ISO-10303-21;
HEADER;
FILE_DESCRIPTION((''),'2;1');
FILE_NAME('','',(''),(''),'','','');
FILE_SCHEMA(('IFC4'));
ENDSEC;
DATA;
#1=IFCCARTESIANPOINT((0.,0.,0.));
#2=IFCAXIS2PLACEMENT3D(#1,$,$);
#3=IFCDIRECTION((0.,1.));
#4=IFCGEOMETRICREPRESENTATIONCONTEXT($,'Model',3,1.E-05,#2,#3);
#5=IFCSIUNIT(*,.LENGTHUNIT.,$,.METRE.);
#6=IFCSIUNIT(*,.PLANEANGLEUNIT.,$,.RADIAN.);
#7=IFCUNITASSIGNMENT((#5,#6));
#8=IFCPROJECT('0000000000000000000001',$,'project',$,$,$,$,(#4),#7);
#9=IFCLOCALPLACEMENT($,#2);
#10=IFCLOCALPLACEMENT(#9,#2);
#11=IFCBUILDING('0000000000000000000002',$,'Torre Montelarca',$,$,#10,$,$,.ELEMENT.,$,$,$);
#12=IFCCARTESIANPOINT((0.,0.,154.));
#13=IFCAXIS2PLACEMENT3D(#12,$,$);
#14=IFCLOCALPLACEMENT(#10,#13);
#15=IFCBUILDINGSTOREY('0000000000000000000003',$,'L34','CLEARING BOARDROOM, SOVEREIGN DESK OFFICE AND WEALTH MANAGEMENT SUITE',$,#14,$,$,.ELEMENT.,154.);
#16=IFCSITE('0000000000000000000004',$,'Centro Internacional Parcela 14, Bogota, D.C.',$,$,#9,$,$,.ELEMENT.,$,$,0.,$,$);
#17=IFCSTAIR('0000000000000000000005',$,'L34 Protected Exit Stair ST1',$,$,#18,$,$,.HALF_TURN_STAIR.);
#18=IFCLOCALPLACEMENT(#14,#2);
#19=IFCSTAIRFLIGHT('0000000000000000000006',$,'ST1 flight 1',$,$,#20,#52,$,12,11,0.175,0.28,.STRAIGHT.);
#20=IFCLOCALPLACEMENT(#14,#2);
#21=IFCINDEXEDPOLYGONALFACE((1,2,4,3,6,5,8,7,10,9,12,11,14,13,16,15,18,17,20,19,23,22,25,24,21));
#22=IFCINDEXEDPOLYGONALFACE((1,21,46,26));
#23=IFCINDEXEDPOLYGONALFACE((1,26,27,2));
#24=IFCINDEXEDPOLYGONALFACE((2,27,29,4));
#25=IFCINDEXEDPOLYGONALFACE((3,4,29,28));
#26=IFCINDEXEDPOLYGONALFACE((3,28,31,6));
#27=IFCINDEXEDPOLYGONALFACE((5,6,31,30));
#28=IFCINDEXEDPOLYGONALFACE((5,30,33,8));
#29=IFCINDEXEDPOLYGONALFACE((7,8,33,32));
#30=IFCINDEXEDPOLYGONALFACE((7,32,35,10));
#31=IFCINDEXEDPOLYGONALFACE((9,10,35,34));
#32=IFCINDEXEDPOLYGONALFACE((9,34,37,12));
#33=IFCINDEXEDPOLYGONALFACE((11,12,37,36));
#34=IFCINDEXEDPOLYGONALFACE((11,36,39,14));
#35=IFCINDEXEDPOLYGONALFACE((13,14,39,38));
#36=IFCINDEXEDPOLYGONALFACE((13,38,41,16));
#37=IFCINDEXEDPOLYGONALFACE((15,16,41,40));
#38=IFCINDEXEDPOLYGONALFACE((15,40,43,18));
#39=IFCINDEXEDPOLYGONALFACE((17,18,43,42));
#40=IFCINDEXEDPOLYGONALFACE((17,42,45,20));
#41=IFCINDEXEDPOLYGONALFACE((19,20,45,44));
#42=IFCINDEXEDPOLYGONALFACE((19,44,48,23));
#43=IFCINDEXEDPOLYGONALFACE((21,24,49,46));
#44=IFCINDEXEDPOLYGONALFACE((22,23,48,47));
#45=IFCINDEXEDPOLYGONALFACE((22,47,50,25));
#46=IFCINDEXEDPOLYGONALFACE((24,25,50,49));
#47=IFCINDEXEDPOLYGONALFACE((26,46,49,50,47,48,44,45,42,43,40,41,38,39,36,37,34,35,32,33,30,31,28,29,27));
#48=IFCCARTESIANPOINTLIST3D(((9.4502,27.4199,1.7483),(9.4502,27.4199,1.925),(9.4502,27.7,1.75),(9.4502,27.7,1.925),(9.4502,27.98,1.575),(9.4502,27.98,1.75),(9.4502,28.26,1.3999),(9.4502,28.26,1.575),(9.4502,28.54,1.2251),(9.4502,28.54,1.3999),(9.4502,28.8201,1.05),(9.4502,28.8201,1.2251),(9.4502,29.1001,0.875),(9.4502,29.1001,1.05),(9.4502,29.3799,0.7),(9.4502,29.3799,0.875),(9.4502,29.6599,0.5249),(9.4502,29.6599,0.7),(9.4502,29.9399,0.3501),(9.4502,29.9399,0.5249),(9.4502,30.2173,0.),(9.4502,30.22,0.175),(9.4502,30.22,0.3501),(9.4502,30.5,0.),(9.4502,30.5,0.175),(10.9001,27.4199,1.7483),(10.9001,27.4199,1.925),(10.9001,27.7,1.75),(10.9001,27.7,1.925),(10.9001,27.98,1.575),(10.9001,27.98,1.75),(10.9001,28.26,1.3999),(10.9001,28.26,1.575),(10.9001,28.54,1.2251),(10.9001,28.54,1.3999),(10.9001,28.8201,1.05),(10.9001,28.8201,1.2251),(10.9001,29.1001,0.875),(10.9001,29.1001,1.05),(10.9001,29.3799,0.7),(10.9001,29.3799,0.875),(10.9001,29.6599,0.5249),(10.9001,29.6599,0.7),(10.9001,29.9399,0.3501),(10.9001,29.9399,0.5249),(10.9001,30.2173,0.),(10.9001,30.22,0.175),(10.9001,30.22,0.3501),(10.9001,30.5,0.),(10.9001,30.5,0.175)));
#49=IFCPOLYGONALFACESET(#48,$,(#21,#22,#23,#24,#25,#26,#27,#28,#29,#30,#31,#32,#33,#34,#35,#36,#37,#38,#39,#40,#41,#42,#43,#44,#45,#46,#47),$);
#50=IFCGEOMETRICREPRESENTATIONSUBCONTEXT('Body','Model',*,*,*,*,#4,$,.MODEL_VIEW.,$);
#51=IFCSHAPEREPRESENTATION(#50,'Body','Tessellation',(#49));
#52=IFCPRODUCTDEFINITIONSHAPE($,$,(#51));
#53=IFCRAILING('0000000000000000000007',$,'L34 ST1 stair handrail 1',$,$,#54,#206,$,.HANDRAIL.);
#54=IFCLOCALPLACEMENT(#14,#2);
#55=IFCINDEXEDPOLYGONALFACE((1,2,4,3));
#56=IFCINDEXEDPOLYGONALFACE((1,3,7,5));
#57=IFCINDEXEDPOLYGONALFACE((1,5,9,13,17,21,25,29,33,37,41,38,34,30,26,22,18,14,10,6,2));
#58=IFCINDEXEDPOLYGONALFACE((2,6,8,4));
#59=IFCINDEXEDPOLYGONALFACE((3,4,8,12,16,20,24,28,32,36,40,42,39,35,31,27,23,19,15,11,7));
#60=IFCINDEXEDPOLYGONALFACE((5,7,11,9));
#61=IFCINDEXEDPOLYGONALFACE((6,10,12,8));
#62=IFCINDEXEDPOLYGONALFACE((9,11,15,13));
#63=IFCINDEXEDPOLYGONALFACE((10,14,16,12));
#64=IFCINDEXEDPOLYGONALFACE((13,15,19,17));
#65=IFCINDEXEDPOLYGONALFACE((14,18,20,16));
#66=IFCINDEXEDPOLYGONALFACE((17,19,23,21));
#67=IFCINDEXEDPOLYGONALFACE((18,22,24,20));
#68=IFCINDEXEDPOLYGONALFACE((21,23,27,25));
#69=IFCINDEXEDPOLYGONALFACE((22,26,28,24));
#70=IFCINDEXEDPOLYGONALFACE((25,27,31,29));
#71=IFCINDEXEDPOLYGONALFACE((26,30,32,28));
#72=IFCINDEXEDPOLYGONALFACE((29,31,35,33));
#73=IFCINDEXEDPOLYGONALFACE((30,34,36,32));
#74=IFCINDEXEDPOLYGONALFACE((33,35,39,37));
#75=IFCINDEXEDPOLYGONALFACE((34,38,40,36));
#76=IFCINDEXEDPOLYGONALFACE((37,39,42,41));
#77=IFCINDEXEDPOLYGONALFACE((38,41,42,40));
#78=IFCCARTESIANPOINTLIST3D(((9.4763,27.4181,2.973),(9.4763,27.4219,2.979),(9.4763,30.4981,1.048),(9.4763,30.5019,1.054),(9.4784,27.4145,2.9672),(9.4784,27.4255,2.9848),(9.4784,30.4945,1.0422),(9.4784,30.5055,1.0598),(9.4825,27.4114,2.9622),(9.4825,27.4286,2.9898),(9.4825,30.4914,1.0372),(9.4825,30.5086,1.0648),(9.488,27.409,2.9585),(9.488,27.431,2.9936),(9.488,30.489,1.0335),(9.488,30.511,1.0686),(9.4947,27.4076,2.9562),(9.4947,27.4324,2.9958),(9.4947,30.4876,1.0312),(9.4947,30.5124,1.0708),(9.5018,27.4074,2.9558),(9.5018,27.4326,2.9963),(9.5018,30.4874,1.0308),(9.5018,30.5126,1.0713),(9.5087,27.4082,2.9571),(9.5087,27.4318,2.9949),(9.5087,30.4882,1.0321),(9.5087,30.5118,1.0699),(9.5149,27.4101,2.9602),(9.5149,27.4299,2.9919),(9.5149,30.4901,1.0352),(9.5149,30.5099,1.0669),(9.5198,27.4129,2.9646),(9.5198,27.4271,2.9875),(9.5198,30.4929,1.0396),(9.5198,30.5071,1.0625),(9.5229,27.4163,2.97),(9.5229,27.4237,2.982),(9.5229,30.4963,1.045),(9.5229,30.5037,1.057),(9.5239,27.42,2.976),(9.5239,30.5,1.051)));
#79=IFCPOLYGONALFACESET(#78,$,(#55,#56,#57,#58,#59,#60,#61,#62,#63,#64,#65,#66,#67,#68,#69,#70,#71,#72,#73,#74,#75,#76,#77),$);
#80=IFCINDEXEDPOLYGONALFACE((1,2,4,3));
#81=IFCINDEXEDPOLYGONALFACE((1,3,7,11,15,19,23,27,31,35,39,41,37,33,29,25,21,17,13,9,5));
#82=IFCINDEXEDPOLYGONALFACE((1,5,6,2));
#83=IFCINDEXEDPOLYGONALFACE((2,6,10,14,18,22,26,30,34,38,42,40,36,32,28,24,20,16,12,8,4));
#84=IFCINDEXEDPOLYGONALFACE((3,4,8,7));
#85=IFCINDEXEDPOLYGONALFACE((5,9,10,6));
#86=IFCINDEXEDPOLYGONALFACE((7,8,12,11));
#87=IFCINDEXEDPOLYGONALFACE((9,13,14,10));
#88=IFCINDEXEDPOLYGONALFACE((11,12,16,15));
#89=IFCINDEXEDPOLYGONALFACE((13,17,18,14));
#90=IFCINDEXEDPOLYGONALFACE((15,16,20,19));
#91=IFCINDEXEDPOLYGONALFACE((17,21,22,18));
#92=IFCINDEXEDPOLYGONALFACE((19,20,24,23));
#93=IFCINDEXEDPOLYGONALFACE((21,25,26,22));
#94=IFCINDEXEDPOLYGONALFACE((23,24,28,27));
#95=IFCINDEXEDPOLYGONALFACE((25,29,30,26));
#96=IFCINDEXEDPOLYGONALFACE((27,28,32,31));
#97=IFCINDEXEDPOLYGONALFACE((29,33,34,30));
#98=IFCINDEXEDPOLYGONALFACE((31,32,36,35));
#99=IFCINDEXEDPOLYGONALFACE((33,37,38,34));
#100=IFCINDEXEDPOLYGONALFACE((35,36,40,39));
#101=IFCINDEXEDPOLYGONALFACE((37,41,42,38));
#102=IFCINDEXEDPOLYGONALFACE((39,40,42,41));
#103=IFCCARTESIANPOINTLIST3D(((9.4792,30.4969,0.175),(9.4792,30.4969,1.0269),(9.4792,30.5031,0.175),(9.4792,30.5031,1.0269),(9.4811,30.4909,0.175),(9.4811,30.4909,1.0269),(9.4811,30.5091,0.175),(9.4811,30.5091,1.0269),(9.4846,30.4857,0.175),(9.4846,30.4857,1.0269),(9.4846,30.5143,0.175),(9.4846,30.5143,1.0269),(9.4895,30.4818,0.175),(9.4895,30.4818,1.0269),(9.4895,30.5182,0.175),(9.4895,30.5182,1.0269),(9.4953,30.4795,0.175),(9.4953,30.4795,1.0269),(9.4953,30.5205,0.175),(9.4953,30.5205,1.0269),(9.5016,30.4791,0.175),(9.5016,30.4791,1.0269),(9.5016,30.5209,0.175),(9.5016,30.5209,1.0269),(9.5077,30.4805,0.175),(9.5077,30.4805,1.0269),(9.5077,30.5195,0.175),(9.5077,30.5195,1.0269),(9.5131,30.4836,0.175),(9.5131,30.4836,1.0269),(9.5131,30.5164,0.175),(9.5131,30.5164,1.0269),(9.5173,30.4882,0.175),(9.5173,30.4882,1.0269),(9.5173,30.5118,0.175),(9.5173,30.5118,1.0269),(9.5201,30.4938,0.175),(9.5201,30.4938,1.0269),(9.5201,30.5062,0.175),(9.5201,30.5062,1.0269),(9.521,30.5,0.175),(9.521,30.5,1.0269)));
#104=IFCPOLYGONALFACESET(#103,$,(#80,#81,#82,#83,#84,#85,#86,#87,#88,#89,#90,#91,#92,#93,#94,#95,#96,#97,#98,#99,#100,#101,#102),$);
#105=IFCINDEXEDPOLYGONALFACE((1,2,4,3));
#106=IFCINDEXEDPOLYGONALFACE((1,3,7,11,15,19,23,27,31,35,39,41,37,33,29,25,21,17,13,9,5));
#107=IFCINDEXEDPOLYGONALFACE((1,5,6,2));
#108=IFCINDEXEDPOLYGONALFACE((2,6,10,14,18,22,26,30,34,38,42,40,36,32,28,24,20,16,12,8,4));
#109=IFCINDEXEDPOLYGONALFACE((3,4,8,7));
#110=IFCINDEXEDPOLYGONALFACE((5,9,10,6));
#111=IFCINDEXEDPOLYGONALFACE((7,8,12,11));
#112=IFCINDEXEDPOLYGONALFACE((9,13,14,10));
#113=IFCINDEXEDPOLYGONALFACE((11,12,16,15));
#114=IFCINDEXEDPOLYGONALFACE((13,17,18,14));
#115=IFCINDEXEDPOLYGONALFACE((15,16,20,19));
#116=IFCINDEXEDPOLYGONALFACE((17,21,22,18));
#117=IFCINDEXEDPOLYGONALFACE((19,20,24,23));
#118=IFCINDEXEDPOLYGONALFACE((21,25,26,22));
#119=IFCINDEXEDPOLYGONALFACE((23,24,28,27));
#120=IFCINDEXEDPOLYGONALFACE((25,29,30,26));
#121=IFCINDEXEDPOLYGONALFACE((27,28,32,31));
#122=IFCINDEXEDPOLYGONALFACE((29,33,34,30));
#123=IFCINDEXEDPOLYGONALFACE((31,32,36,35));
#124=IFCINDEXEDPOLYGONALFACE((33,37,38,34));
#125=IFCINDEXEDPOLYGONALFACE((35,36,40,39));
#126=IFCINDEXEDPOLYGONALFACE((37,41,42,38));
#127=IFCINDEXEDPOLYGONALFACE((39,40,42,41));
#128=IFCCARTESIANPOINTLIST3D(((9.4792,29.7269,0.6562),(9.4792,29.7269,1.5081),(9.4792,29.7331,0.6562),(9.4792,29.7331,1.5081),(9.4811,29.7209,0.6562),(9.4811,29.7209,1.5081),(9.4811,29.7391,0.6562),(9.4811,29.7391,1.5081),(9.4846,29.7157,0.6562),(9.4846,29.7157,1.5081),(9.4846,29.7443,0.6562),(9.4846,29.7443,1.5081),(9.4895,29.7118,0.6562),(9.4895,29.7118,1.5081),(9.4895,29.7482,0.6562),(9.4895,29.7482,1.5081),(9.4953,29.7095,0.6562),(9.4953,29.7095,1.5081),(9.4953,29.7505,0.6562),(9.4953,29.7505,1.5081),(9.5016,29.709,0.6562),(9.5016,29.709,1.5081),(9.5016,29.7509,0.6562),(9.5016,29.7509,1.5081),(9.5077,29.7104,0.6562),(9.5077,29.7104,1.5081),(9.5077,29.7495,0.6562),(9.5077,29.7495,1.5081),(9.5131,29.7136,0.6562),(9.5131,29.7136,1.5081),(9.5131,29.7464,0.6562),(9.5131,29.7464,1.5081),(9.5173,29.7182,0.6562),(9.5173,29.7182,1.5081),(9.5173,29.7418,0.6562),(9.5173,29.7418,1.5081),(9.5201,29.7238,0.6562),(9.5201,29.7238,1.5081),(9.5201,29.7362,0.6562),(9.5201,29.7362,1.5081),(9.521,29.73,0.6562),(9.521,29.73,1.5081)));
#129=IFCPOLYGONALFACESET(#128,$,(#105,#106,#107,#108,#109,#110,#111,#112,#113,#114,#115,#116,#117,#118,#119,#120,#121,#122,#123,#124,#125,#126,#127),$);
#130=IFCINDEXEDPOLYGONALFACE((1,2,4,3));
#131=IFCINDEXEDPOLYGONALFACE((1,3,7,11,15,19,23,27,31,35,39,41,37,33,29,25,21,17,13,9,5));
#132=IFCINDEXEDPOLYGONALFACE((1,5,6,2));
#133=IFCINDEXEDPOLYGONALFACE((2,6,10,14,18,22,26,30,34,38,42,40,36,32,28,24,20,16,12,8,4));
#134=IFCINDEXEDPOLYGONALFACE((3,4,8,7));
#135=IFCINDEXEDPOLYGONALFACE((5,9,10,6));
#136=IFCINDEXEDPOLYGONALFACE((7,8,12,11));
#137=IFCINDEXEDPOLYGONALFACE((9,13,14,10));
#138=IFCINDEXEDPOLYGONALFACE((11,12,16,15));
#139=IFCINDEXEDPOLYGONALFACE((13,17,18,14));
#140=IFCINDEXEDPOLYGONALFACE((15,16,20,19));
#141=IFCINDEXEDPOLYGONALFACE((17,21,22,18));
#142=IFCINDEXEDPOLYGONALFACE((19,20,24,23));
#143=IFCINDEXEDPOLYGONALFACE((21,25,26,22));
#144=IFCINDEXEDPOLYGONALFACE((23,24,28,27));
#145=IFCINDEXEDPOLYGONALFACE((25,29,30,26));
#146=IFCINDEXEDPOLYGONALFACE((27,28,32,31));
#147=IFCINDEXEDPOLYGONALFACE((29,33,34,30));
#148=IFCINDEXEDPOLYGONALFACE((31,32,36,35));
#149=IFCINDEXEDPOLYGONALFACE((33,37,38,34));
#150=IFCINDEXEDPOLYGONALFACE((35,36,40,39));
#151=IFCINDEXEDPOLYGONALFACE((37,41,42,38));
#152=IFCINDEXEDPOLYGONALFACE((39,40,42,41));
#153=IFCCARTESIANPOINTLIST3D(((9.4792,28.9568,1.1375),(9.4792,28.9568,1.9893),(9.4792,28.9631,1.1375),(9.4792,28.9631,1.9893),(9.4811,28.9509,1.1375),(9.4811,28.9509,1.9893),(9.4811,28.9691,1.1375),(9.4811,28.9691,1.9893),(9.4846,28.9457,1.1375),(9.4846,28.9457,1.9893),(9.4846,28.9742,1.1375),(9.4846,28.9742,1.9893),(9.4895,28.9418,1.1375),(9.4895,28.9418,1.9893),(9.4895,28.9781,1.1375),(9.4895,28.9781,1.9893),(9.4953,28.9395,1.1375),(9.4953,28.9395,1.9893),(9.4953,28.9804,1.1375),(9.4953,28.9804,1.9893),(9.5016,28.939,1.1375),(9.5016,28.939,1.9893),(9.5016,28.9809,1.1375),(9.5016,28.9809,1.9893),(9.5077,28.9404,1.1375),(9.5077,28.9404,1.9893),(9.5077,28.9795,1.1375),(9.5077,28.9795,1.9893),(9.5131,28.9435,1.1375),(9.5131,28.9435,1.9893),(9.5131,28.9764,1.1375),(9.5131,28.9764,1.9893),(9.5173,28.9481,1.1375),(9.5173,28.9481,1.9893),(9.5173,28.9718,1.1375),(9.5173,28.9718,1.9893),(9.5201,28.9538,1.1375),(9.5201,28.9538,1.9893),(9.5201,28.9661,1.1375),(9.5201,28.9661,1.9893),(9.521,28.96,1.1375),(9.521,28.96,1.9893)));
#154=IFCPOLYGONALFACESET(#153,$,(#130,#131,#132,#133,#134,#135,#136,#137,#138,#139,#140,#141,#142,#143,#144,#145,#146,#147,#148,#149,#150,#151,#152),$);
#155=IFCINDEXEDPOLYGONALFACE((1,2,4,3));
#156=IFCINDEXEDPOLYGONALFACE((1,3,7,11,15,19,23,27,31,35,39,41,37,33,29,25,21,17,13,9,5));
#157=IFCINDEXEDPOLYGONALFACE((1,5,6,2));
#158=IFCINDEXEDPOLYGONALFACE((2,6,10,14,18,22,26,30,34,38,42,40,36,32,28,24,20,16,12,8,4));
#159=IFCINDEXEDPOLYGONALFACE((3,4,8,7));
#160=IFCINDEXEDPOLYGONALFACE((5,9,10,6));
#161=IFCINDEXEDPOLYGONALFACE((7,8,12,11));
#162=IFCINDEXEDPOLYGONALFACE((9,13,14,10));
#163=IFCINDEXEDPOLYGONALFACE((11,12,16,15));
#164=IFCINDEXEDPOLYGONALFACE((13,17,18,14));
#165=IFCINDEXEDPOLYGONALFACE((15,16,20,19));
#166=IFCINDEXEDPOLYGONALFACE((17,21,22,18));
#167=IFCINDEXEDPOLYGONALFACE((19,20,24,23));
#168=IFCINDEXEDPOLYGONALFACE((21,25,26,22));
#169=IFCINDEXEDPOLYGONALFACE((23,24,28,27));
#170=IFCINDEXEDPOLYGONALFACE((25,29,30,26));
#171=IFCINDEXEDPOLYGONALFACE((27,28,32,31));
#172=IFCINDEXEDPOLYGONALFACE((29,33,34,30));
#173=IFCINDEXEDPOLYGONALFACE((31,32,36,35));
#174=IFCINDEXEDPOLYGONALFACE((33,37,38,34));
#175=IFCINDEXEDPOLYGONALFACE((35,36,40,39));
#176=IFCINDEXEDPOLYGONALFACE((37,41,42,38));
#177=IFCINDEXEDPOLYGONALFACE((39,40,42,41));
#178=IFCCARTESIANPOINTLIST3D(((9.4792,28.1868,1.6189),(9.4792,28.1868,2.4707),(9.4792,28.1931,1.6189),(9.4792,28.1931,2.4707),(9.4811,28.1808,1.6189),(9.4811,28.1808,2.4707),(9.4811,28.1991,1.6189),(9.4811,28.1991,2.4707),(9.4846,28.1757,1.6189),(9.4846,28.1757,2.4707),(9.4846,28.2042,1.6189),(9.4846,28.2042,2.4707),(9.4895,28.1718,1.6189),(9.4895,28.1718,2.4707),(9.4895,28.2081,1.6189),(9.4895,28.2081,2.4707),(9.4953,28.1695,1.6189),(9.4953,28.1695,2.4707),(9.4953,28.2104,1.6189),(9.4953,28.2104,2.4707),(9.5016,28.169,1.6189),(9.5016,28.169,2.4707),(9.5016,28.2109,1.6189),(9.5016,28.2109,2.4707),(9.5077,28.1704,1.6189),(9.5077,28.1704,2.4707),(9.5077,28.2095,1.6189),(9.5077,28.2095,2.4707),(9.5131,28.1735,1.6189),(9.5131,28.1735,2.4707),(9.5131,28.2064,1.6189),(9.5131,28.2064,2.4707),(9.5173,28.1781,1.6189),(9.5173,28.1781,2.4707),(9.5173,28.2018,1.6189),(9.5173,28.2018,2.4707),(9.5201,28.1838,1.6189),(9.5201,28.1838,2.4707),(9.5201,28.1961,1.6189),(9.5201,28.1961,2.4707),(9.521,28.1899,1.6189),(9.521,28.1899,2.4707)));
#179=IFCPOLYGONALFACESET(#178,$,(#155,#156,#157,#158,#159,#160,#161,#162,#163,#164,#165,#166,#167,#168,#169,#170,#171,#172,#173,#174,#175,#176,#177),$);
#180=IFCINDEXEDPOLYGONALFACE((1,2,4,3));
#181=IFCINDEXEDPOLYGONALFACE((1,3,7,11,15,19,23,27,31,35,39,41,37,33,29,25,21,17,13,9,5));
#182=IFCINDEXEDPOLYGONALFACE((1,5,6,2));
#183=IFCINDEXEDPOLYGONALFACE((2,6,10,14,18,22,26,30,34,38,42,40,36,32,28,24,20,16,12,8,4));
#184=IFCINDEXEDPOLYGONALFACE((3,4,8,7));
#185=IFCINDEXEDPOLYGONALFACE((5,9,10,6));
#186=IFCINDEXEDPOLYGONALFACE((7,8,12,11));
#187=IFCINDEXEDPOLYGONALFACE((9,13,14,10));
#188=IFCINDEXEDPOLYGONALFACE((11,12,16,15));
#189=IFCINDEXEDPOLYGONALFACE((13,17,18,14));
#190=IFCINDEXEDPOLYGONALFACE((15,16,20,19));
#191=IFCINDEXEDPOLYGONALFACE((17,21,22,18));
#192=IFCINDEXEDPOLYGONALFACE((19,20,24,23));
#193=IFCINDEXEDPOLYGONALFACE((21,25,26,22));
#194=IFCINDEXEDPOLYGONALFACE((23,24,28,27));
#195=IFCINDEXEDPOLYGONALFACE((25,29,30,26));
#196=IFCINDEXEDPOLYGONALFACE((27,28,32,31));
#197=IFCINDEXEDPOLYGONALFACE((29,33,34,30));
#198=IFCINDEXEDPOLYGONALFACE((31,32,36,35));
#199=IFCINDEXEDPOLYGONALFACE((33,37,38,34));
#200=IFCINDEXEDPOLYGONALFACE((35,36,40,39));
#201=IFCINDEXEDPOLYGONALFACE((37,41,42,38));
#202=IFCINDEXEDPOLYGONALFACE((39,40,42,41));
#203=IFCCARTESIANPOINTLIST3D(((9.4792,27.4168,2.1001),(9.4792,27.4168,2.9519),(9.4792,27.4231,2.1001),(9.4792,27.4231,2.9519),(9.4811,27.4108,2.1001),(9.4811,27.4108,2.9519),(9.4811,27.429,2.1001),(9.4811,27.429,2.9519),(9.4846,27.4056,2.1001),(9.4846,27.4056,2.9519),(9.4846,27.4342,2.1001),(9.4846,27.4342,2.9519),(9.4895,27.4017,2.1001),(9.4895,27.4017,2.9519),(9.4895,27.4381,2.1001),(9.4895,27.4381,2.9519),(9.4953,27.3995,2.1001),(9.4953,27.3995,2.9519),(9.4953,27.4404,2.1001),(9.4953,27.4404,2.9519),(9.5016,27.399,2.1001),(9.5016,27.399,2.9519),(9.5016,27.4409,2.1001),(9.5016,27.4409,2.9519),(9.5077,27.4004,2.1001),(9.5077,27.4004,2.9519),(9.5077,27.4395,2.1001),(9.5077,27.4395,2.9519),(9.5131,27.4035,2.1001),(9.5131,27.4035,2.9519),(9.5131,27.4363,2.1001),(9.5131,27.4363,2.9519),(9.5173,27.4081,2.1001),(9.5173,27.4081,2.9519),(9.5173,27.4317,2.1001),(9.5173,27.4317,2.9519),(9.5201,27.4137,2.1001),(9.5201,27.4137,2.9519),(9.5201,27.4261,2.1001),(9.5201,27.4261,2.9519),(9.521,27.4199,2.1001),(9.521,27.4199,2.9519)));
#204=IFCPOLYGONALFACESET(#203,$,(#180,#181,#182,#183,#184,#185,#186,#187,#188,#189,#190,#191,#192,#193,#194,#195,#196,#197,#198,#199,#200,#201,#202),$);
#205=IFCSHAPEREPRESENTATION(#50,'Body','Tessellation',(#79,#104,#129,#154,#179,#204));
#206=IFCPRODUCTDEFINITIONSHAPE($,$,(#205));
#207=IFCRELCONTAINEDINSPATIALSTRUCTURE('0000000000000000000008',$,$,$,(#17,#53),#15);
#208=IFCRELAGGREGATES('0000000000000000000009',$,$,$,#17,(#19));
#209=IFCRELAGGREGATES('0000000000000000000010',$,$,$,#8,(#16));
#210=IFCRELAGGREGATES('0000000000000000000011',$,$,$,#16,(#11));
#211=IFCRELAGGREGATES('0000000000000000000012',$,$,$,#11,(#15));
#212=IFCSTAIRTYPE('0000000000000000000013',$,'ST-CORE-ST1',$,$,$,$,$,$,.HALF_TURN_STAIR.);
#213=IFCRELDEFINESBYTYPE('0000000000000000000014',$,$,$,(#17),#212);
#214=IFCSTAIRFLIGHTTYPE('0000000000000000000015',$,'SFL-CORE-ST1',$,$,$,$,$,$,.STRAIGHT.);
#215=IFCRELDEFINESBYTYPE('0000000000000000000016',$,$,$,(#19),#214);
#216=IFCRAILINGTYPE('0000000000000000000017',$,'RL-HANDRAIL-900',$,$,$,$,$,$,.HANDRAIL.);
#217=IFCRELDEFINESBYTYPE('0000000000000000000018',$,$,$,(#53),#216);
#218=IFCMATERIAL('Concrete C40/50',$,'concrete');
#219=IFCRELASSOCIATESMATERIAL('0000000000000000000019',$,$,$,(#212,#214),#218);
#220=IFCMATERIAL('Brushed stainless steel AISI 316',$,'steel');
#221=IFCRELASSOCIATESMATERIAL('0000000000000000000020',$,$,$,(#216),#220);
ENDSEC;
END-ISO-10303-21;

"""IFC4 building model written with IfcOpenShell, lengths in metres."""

from ifc_helpers import new_model, si_unit, direction, frame, origin, origin_2d, place, context, subcontext, project, spatial, polyline, circle, outline, extrude, material, type_object, element, aggregate, save


model = new_model("IFC4")

# Units and contexts
model_context = context("Model", 3, precision=1e-05, world=origin(), true_north=direction((0.0, 1.0)))
body_context = subcontext(model_context, "Body", "Model", "MODEL_VIEW")
ifc_project = project(units=[si_unit("LENGTHUNIT", "METRE"), si_unit("PLANEANGLEUNIT", "RADIAN")], contexts=[model_context])

# Site, building, storey
site_placement = place(None, origin())
site = spatial("IfcSite", under=ifc_project, at=site_placement, Name="Centro Internacional Parcela 14, Bogota, D.C.", CompositionType="ELEMENT", RefElevation=0.0)
building_placement = place(site_placement, origin())
building = spatial("IfcBuilding", under=site, at=building_placement, Name="Torre Montelarca", CompositionType="ELEMENT")
storey_placement = place(building_placement, frame((0.0, 0.0, 154.0)))
storey = spatial("IfcBuildingStorey", under=building, at=storey_placement, Name="L34", Description="CLEARING BOARDROOM, SOVEREIGN DESK OFFICE AND WEALTH MANAGEMENT SUITE", CompositionType="ELEMENT", Elevation=154.0)

# Shared definitions
ifc_material_1 = material(Name="Concrete C40/50", Category="concrete")

# Shared definitions
ifc_material_2 = material(Name="Brushed stainless steel AISI 316", Category="steel")

# Stair, stair flight
stair_type = type_object("IfcStairType", Name="ST-CORE-ST1", PredefinedType="HALF_TURN_STAIR", material=ifc_material_1)
stair_placement = place(storey_placement, origin())
stair = element("IfcStair", 1, at=stair_placement, inside=storey, type_object=stair_type, Name="L34 Protected Exit Stair ST1", PredefinedType="HALF_TURN_STAIR")
stair_flight_type = type_object("IfcStairFlightType", Name="SFL-CORE-ST1", PredefinedType="STRAIGHT", material=ifc_material_1)
stair_flight_placement = place(storey_placement, frame((10.175, 30.5, 0.0), z_axis=(0.0, 0.0, 1.0), x_axis=(0.0, -1.0, 0.0)))
stair_flight = element("IfcStairFlight", 2, at=stair_flight_placement, type_object=stair_flight_type, Name="ST1 flight 1", NumberOfRisers=12, NumberOfTreads=11, PredefinedType="STRAIGHT", RiserHeight=0.175, TreadLength=0.28, context=body_context, shape_type="SweptSolid", body=[
    extrude(outline(polyline([(0.0, 0.0), (0.0, 0.175), (0.28, 0.175), (0.28, 0.3501), (0.5601, 0.3501), (0.5601, 0.5249), (0.8401, 0.5249), (0.8401, 0.7), (1.1201, 0.7), (1.1201, 0.875), (1.3999, 0.875), (1.3999, 1.05), (1.6799, 1.05), (1.6799, 1.2251), (1.96, 1.2251), (1.96, 1.3999), (2.24, 1.3999), (2.24, 1.575), (2.52, 1.575), (2.52, 1.75), (2.8, 1.75), (2.8, 1.925), (3.0801, 1.925), (3.0801, 2.1001), (3.0801, 1.7483), (0.2827, 0.0), (0.0, 0.0)])), frame((0.0, 0.7251, 0.0), z_axis=(0.0, -1.0, 0.0), x_axis=(1.0, 0.0, 0.0)), (0.0, 0.0, 1.0), 1.45),
])
aggregate(stair, [stair_flight])

# Railing
railing_type = type_object("IfcRailingType", Name="RL-HANDRAIL-900", PredefinedType="HANDRAIL", material=ifc_material_2)
railing_placement = place(storey_placement, frame((9.5, 30.5, 0.175)))
element("IfcRailing", 3, at=railing_placement, inside=storey, type_object=railing_type, Name="L34 ST1 stair handrail 1", PredefinedType="HANDRAIL", context=body_context, shape_type="SweptSolid", body=[
    extrude(circle(Radius=0.0239, at=origin_2d()), frame((0.0, 0.0, 0.876), z_axis=(0.0, -0.847998, 0.529999), x_axis=(1.0, 0.0, 0.0)), (0.0, 0.0, 1.0), 3.6321),
    extrude(circle(Radius=0.021, at=origin_2d()), origin(), (0.0, 0.0, 1.0), 0.8518),
    extrude(circle(Radius=0.021, at=origin_2d()), frame((0.0, -0.77, 0.4812)), (0.0, 0.0, 1.0), 0.8518),
    extrude(circle(Radius=0.021, at=origin_2d()), frame((0.0, -1.54, 0.9624)), (0.0, 0.0, 1.0), 0.8518),
    extrude(circle(Radius=0.021, at=origin_2d()), frame((0.0, -2.3101, 1.4438)), (0.0, 0.0, 1.0), 0.8518),
    extrude(circle(Radius=0.021, at=origin_2d()), frame((0.0, -3.0801, 1.925)), (0.0, 0.0, 1.0), 0.8518),
])

save(model, "model.ifc")
